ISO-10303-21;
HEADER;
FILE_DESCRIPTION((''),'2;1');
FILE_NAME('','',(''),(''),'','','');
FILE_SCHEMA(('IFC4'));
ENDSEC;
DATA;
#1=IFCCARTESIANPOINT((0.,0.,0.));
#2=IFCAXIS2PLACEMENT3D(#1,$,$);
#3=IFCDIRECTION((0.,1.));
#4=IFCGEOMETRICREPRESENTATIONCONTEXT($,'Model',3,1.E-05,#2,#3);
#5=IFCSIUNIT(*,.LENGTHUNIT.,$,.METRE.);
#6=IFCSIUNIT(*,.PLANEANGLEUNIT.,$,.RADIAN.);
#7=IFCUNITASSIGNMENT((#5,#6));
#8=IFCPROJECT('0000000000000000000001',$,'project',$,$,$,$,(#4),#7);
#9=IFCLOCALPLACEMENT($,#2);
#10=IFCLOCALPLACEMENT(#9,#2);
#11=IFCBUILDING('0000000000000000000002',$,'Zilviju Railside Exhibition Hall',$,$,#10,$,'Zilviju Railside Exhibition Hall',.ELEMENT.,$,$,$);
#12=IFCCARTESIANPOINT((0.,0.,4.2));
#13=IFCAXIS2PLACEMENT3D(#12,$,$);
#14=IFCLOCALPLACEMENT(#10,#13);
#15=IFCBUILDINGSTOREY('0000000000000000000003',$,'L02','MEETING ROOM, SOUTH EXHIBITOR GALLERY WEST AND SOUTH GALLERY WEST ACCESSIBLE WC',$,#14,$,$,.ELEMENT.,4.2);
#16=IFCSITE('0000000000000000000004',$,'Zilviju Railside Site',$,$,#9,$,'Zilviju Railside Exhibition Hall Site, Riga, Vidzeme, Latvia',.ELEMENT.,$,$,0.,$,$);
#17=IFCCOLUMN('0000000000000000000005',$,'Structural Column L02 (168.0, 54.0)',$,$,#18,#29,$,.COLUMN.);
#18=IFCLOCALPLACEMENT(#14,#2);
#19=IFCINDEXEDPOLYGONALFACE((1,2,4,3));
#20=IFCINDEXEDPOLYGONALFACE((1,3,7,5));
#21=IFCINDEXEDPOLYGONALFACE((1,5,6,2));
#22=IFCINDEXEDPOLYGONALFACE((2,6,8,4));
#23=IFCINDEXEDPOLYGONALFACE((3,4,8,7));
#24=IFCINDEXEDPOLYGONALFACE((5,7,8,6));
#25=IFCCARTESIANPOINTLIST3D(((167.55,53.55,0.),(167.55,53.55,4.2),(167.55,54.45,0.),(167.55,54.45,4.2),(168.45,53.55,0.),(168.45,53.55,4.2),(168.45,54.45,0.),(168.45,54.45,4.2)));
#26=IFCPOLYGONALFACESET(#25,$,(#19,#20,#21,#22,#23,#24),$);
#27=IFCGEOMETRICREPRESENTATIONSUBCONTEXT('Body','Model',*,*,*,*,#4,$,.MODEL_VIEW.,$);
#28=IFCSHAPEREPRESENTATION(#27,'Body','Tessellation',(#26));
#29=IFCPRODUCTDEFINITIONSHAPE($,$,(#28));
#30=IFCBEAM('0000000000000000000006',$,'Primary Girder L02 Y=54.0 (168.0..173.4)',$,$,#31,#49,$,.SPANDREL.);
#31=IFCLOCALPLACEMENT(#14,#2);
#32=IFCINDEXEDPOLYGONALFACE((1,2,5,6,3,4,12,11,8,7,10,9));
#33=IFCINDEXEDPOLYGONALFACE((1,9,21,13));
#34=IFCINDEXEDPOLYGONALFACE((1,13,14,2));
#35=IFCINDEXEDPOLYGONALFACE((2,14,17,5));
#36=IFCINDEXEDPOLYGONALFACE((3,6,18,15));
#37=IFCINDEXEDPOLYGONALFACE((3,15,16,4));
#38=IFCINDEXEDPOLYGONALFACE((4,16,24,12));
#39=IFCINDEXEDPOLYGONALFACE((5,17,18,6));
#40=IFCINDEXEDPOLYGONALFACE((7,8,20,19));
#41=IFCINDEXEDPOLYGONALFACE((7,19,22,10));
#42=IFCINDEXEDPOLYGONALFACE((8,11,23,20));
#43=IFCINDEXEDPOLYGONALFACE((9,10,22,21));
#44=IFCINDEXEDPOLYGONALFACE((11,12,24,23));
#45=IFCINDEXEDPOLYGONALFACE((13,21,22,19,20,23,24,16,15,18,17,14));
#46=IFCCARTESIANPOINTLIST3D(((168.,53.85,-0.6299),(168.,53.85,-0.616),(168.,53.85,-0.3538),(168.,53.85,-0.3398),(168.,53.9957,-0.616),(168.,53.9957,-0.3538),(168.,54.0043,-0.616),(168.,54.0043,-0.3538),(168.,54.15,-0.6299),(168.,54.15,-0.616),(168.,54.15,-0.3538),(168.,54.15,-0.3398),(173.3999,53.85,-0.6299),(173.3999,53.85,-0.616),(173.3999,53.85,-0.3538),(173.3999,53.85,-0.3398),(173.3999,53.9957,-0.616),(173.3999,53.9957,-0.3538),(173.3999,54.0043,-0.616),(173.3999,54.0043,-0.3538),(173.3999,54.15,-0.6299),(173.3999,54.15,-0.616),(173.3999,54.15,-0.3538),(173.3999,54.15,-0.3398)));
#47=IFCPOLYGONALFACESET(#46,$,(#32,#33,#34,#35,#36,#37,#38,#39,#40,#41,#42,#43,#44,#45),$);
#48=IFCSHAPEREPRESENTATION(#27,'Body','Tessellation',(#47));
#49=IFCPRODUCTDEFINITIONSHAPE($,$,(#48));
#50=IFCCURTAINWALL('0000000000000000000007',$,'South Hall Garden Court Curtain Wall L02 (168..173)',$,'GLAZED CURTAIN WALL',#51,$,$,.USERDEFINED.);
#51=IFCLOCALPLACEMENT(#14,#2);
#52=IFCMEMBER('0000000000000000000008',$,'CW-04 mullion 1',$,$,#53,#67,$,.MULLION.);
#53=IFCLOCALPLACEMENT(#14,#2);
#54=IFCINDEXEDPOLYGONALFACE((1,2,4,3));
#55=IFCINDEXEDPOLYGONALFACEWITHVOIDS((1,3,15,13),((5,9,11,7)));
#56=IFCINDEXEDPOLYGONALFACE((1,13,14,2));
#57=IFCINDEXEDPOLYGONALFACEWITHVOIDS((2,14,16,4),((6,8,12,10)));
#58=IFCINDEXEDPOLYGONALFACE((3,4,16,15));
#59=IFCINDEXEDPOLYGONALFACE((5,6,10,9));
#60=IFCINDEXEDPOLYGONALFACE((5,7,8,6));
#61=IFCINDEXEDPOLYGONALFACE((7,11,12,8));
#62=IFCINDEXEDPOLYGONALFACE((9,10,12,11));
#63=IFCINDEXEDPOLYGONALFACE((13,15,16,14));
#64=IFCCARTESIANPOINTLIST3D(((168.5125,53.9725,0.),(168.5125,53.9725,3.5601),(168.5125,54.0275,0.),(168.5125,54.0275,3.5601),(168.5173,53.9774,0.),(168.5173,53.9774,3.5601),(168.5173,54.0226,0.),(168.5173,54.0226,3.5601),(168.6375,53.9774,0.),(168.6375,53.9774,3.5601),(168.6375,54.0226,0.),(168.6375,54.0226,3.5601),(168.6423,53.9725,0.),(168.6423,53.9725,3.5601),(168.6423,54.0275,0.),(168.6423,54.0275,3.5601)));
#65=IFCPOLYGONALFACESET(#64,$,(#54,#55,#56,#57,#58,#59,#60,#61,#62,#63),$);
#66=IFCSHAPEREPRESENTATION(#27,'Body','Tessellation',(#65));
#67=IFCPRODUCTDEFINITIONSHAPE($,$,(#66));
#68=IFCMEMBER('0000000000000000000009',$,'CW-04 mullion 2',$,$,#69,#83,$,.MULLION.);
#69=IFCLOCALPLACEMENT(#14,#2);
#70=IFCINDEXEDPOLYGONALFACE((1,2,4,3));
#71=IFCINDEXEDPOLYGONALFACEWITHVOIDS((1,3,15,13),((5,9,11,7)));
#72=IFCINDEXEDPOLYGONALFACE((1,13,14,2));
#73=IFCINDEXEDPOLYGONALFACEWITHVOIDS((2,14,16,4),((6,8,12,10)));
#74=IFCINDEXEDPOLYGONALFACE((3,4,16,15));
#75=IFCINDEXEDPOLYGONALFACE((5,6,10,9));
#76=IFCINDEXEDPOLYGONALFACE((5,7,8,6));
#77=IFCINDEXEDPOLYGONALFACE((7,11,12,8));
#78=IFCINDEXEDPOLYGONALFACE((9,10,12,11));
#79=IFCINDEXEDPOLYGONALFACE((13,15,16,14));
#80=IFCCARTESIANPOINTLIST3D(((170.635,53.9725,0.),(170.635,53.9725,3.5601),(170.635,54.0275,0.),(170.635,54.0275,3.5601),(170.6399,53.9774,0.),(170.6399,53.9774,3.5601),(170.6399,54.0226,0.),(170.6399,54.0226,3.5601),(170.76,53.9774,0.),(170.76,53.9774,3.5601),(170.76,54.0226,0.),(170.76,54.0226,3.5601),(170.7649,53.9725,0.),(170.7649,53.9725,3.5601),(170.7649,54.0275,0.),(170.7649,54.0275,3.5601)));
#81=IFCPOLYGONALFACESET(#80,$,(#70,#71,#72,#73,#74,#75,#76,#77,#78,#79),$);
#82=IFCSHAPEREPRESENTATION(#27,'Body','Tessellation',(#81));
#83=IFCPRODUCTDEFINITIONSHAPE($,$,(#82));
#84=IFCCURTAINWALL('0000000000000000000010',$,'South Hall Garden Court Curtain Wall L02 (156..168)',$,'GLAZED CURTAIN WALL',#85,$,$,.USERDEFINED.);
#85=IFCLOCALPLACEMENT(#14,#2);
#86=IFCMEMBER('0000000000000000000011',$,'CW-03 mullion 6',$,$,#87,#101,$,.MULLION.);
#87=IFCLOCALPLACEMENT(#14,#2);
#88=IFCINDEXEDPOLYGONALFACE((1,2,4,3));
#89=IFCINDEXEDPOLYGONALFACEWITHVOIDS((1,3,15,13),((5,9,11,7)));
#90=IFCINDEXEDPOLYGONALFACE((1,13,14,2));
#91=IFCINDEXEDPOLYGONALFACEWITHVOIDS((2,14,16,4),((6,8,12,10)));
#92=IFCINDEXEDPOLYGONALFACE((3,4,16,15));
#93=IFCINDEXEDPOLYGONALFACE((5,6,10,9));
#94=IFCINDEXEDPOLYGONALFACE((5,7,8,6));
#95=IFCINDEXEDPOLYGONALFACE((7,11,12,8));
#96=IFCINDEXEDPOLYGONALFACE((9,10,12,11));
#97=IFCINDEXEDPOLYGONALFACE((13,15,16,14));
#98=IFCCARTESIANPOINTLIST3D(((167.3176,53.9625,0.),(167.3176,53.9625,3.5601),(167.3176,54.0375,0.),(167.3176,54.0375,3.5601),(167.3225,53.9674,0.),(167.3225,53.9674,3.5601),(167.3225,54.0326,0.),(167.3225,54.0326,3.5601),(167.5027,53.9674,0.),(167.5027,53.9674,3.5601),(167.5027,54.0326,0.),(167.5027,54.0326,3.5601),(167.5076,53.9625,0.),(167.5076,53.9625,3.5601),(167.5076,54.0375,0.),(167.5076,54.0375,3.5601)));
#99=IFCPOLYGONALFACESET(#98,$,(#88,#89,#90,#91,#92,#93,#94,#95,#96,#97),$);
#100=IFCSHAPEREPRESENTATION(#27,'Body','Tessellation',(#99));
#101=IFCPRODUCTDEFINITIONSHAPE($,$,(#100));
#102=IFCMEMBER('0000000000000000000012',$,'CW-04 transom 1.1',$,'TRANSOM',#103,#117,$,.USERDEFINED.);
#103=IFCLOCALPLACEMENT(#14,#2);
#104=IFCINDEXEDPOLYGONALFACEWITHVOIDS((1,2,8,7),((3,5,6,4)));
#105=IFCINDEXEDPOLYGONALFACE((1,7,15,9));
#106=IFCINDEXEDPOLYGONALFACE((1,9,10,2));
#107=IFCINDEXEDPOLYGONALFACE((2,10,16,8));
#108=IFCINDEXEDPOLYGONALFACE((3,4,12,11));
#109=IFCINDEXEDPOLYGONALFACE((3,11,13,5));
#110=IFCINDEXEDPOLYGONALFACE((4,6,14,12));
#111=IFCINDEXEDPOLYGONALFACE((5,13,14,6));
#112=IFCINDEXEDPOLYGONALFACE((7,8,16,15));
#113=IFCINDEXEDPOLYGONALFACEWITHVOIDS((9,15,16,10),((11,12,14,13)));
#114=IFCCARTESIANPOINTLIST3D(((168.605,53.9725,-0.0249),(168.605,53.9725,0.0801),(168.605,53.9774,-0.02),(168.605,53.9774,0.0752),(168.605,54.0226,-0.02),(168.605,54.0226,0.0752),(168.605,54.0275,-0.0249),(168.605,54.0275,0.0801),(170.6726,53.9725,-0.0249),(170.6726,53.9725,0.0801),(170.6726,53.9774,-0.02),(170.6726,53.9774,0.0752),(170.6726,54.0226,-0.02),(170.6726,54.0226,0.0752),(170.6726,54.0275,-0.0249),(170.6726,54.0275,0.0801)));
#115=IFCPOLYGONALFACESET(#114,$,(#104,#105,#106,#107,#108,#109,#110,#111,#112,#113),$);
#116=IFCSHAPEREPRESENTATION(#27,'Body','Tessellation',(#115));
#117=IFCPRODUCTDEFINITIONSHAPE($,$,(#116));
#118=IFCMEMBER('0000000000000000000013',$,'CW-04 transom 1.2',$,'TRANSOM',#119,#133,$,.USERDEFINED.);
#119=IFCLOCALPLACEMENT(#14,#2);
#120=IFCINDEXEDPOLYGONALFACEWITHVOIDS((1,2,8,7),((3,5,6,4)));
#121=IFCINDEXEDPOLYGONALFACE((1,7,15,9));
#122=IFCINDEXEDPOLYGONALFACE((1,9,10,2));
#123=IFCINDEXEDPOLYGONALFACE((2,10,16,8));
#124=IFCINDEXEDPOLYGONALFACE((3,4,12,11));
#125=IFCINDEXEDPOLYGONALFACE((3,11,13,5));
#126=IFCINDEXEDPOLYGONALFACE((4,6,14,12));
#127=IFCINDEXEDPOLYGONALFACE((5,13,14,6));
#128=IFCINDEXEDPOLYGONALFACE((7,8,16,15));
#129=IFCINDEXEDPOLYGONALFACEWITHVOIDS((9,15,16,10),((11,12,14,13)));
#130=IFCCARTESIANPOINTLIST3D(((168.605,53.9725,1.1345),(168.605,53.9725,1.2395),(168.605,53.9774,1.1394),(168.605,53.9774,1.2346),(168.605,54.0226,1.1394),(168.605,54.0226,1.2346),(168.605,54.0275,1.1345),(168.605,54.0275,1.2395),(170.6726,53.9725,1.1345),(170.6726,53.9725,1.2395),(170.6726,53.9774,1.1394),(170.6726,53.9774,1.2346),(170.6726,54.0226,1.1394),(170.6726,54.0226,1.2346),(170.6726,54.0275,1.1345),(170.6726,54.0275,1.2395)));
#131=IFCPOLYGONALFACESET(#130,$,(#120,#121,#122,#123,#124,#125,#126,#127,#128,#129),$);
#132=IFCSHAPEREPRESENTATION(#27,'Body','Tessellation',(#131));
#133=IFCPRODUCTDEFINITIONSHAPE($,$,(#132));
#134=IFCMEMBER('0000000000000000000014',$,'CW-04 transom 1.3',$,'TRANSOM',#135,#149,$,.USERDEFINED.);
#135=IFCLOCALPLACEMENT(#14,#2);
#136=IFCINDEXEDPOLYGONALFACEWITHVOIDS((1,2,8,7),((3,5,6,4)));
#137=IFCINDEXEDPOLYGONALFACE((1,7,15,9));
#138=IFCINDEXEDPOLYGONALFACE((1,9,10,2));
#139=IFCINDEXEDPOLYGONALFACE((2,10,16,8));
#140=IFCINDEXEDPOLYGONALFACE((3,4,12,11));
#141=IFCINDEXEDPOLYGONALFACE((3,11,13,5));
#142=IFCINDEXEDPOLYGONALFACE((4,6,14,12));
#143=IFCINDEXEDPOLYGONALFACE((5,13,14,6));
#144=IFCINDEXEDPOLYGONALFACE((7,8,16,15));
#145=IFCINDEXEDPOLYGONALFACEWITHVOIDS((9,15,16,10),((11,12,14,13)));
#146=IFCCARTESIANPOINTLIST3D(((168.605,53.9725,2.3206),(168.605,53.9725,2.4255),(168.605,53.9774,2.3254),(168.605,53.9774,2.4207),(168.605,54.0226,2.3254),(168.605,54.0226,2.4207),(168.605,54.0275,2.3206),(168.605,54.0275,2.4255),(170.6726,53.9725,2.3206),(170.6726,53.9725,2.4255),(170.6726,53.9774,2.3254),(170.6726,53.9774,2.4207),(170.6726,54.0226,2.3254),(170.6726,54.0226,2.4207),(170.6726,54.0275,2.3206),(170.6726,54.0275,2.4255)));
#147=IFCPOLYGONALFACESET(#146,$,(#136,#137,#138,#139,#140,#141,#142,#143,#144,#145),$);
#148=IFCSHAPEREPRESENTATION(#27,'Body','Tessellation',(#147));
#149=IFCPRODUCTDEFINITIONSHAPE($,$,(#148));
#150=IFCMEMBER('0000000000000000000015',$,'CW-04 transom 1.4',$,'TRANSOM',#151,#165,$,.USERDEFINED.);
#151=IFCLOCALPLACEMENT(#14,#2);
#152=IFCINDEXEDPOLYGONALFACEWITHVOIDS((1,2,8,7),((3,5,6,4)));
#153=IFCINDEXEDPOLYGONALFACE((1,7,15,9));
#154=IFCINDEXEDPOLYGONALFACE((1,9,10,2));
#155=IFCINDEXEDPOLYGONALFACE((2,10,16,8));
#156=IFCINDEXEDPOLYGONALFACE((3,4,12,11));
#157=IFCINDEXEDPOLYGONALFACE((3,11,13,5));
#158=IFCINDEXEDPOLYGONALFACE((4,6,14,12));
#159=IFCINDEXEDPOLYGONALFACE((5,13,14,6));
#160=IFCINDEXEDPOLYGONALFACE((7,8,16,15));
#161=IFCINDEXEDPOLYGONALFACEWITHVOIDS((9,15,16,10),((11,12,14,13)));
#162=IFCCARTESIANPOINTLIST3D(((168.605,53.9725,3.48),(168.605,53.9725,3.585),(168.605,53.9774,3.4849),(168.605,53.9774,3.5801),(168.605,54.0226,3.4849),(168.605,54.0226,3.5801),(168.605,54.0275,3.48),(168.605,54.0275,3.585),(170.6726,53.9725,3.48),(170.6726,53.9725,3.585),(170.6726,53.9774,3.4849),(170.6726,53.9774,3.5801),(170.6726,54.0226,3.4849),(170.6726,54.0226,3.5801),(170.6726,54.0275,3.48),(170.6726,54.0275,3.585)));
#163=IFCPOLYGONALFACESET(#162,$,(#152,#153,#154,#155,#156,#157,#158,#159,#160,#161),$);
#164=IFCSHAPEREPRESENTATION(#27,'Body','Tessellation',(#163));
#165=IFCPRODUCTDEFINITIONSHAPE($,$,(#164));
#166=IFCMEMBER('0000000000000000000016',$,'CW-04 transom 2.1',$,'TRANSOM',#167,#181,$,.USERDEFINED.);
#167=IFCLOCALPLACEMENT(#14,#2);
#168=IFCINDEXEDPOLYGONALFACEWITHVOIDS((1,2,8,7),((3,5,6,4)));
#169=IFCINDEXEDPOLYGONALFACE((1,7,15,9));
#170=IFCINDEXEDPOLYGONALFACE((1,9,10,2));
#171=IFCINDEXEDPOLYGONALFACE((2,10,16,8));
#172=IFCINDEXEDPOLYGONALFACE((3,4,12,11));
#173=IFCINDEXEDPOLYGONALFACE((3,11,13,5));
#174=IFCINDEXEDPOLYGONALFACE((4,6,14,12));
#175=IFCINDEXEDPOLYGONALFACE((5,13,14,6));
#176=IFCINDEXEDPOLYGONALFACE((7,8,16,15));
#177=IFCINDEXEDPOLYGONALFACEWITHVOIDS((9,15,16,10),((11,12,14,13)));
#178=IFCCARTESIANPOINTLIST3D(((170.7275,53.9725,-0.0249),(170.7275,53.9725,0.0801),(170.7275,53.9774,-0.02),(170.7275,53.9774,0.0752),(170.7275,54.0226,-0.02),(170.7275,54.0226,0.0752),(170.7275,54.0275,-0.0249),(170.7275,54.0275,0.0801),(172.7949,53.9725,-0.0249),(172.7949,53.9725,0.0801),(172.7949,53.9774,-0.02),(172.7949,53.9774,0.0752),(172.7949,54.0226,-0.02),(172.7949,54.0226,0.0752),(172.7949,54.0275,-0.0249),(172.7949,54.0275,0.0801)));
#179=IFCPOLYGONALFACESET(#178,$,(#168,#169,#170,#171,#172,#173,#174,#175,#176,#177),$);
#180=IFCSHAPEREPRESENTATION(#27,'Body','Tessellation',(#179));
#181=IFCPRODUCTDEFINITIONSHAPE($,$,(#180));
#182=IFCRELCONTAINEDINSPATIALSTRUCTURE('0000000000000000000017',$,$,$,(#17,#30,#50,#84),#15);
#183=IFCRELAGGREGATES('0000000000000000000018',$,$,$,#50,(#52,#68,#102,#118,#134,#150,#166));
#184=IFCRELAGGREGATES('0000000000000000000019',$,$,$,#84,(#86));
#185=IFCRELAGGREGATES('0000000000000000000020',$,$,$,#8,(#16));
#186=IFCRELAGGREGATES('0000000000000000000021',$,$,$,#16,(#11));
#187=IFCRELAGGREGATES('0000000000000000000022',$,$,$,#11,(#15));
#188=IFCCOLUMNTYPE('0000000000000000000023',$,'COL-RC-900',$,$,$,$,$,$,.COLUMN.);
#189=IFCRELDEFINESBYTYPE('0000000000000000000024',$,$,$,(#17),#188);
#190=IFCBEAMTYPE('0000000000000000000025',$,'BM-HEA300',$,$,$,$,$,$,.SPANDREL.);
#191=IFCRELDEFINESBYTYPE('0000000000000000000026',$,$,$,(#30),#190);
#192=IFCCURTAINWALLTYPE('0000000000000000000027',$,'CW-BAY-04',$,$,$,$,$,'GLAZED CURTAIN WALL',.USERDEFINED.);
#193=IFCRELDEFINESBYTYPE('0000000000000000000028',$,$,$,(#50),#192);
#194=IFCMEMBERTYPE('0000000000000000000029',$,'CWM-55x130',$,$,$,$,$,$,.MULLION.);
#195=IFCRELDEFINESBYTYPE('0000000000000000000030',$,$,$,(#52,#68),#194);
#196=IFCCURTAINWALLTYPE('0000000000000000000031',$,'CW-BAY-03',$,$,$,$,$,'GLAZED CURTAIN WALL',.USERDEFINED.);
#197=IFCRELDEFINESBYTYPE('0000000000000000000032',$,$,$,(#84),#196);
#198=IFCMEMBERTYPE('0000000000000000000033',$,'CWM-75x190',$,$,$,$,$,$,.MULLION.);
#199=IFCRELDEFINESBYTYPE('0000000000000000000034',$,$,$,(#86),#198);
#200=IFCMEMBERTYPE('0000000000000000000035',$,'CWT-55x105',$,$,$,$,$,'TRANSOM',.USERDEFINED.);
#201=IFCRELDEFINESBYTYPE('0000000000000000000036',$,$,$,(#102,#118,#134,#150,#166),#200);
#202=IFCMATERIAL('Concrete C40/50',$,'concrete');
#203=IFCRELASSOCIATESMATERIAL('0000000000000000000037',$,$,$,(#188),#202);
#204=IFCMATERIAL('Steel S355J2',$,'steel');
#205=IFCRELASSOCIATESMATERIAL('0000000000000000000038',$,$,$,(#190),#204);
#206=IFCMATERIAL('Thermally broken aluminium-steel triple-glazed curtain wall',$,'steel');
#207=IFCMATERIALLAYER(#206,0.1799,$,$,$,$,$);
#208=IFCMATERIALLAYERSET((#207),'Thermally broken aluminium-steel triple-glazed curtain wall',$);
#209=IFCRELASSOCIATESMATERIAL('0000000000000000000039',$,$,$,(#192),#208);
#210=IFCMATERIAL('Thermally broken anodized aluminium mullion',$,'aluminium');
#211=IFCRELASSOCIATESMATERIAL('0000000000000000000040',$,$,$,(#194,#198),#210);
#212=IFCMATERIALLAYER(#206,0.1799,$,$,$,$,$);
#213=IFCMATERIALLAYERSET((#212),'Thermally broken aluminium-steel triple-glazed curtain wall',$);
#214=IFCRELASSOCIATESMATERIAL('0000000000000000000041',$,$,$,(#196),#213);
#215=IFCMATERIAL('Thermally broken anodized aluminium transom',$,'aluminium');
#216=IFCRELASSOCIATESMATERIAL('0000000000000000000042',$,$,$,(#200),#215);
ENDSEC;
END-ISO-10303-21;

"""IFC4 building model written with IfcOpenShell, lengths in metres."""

from ifc_helpers import new_model, si_unit, direction, frame, origin, origin_2d, place, context, subcontext, project, spatial, rectangle, hollow_rectangle, i_section, extrude, material, layer, layer_set, material_profile, profile_set, type_object, element, aggregate, save


model = new_model("IFC4")

# Units and contexts
model_context = context("Model", 3, precision=1e-05, world=origin(), true_north=direction((0.0, 1.0)))
body_context = subcontext(model_context, "Body", "Model", "MODEL_VIEW")
ifc_project = project(units=[si_unit("LENGTHUNIT", "METRE"), si_unit("PLANEANGLEUNIT", "RADIAN")], contexts=[model_context])

# Site, building, storey
site_placement = place(None, origin())
site = spatial("IfcSite", under=ifc_project, at=site_placement, Name="Zilviju Railside Site", LongName="Zilviju Railside Exhibition Hall Site, Riga, Vidzeme, Latvia", CompositionType="ELEMENT", RefElevation=0.0)
building_placement = place(site_placement, origin())
building = spatial("IfcBuilding", under=site, at=building_placement, Name="Zilviju Railside Exhibition Hall", LongName="Zilviju Railside Exhibition Hall", CompositionType="ELEMENT")
storey_placement = place(building_placement, frame((0.0, 0.0, 4.2)))
storey = spatial("IfcBuildingStorey", under=building, at=storey_placement, Name="L02", Description="MEETING ROOM, SOUTH EXHIBITOR GALLERY WEST AND SOUTH GALLERY WEST ACCESSIBLE WC", CompositionType="ELEMENT", Elevation=4.2)

# Column
ifc_material_1 = material(Name="Concrete C40/50", Category="concrete")
ifc_material_profile_1 = material_profile(ifc_material_1, rectangle(XDim=0.8999, YDim=0.8999, at=origin_2d()), Name="RC COL 900x900")
ifc_profile_set_1 = profile_set([ifc_material_profile_1], Name="Concrete C40/50")
column_type = type_object("IfcColumnType", Name="COL-RC-900", PredefinedType="COLUMN", material=ifc_profile_set_1)
column_placement = place(storey_placement, frame((168.0, 54.0, 0.0), z_axis=(0.0, 0.0, 1.0), x_axis=(1.0, 0.0, 0.0)))
element("IfcColumn", 1, at=column_placement, inside=storey, type_object=column_type, Name="Structural Column L02 (168.0, 54.0)", PredefinedType="COLUMN", context=body_context, shape_type="SweptSolid", body=[
    extrude(rectangle(XDim=0.8999, YDim=0.8999, at=origin_2d()), origin(), (0.0, 0.0, 1.0), 4.2),
])

# Beam
ifc_material_2 = material(Name="Steel S355J2", Category="steel")
ifc_material_profile_2 = material_profile(ifc_material_2, i_section(OverallWidth=0.3, OverallDepth=0.29, WebThickness=0.0085, FlangeThickness=0.0139, at=origin_2d()), Name="HEA 300")
ifc_profile_set_2 = profile_set([ifc_material_profile_2], Name="Steel S355J2")
beam_type = type_object("IfcBeamType", Name="BM-HEA300", PredefinedType="SPANDREL", material=ifc_profile_set_2)
beam_placement = place(storey_placement, frame((168.0, 54.0, -0.4849), z_axis=(1.0, 0.0, 0.0), x_axis=(0.0, 1.0, 0.0)))
element("IfcBeam", 2, at=beam_placement, inside=storey, type_object=beam_type, Name="Primary Girder L02 Y=54.0 (168.0..173.4)", PredefinedType="SPANDREL", context=body_context, shape_type="SweptSolid", body=[
    extrude(i_section(OverallWidth=0.3, OverallDepth=0.29, WebThickness=0.0085, FlangeThickness=0.0139, at=origin_2d()), origin(), (0.0, 0.0, 1.0), 5.3999),
])

# Curtain wall, members
ifc_material_3 = material(Name="Thermally broken aluminium-steel triple-glazed curtain wall", Category="steel")
ifc_layer_1 = layer(ifc_material_3, 0.1799)
ifc_layer_set_1 = layer_set([ifc_layer_1], Name="Thermally broken aluminium-steel triple-glazed curtain wall")
curtain_wall_type_1 = type_object("IfcCurtainWallType", Name="CW-BAY-04", ElementType="GLAZED CURTAIN WALL", PredefinedType="USERDEFINED", material=ifc_layer_set_1)
curtain_wall_1_placement = place(storey_placement, origin())
curtain_wall_1 = element("IfcCurtainWall", 3, at=curtain_wall_1_placement, inside=storey, type_object=curtain_wall_type_1, Name="South Hall Garden Court Curtain Wall L02 (168..173)", ObjectType="GLAZED CURTAIN WALL", PredefinedType="USERDEFINED")
ifc_material_4 = material(Name="Thermally broken anodized aluminium mullion", Category="aluminium")
ifc_material_profile_3 = material_profile(ifc_material_4, hollow_rectangle(XDim=0.0549, YDim=0.1299, WallThickness=0.0049, at=origin_2d()), Name="MULLION 130x55x5")
ifc_profile_set_3 = profile_set([ifc_material_profile_3], Name="Thermally broken anodized aluminium mullion")
member_type_1 = type_object("IfcMemberType", Name="CWM-55x130", PredefinedType="MULLION", material=ifc_profile_set_3)
member_1_placement = place(storey_placement, frame((168.5774, 54.0, 0.0), z_axis=(0.0, 0.0, 1.0), x_axis=(0.0, 1.0, 0.0)))
member_1 = element("IfcMember", 4, at=member_1_placement, type_object=member_type_1, Name="CW-04 mullion 1", PredefinedType="MULLION", context=body_context, shape_type="SweptSolid", body=[
    extrude(hollow_rectangle(XDim=0.0549, YDim=0.1299, WallThickness=0.0049, at=origin_2d()), origin(), (0.0, 0.0, 1.0), 3.5601),
])
member_2_placement = place(storey_placement, frame((170.7, 54.0, 0.0), z_axis=(0.0, 0.0, 1.0), x_axis=(0.0, 1.0, 0.0)))
member_2 = element("IfcMember", 5, at=member_2_placement, type_object=member_type_1, Name="CW-04 mullion 2", PredefinedType="MULLION", context=body_context, shape_type="SweptSolid", body=[
    extrude(hollow_rectangle(XDim=0.0549, YDim=0.1299, WallThickness=0.0049, at=origin_2d()), origin(), (0.0, 0.0, 1.0), 3.5601),
])

# Curtain wall, member
ifc_layer_2 = layer(ifc_material_3, 0.1799)
ifc_layer_set_2 = layer_set([ifc_layer_2], Name="Thermally broken aluminium-steel triple-glazed curtain wall")
curtain_wall_type_2 = type_object("IfcCurtainWallType", Name="CW-BAY-03", ElementType="GLAZED CURTAIN WALL", PredefinedType="USERDEFINED", material=ifc_layer_set_2)
curtain_wall_2_placement = place(storey_placement, origin())
curtain_wall_2 = element("IfcCurtainWall", 6, at=curtain_wall_2_placement, inside=storey, type_object=curtain_wall_type_2, Name="South Hall Garden Court Curtain Wall L02 (156..168)", ObjectType="GLAZED CURTAIN WALL", PredefinedType="USERDEFINED")
ifc_material_profile_4 = material_profile(ifc_material_4, hollow_rectangle(XDim=0.075, YDim=0.1899, WallThickness=0.0049, at=origin_2d()), Name="MULLION 190x75x5")
ifc_profile_set_4 = profile_set([ifc_material_profile_4], Name="Thermally broken anodized aluminium mullion")
member_type_2 = type_object("IfcMemberType", Name="CWM-75x190", PredefinedType="MULLION", material=ifc_profile_set_4)
member_3_placement = place(storey_placement, frame((167.4126, 54.0, 0.0), z_axis=(0.0, 0.0, 1.0), x_axis=(0.0, 1.0, 0.0)))
member_3 = element("IfcMember", 7, at=member_3_placement, type_object=member_type_2, Name="CW-03 mullion 6", PredefinedType="MULLION", context=body_context, shape_type="SweptSolid", body=[
    extrude(hollow_rectangle(XDim=0.075, YDim=0.1899, WallThickness=0.0049, at=origin_2d()), origin(), (0.0, 0.0, 1.0), 3.5601),
])

# Members
ifc_material_5 = material(Name="Thermally broken anodized aluminium transom", Category="aluminium")
ifc_material_profile_5 = material_profile(ifc_material_5, hollow_rectangle(XDim=0.0549, YDim=0.105, WallThickness=0.0049, at=origin_2d()), Name="TRANSOM 105x55x5")
ifc_profile_set_5 = profile_set([ifc_material_profile_5], Name="Thermally broken anodized aluminium transom")
member_type_3 = type_object("IfcMemberType", Name="CWT-55x105", ElementType="TRANSOM", PredefinedType="USERDEFINED", material=ifc_profile_set_5)
member_4_placement = place(storey_placement, frame((168.605, 54.0, 0.0276), z_axis=(1.0, 0.0, 0.0), x_axis=(0.0, 1.0, 0.0)))
member_4 = element("IfcMember", 8, at=member_4_placement, type_object=member_type_3, Name="CW-04 transom 1.1", ObjectType="TRANSOM", PredefinedType="USERDEFINED", context=body_context, shape_type="SweptSolid", body=[
    extrude(hollow_rectangle(XDim=0.0549, YDim=0.105, WallThickness=0.0049, at=origin_2d()), origin(), (0.0, 0.0, 1.0), 2.0676),
])
member_5_placement = place(storey_placement, frame((168.605, 54.0, 1.187), z_axis=(1.0, 0.0, 0.0), x_axis=(0.0, 1.0, 0.0)))
member_5 = element("IfcMember", 9, at=member_5_placement, type_object=member_type_3, Name="CW-04 transom 1.2", ObjectType="TRANSOM", PredefinedType="USERDEFINED", context=body_context, shape_type="SweptSolid", body=[
    extrude(hollow_rectangle(XDim=0.0549, YDim=0.105, WallThickness=0.0049, at=origin_2d()), origin(), (0.0, 0.0, 1.0), 2.0676),
])
member_6_placement = place(storey_placement, frame((168.605, 54.0, 2.373), z_axis=(1.0, 0.0, 0.0), x_axis=(0.0, 1.0, 0.0)))
member_6 = element("IfcMember", 10, at=member_6_placement, type_object=member_type_3, Name="CW-04 transom 1.3", ObjectType="TRANSOM", PredefinedType="USERDEFINED", context=body_context, shape_type="SweptSolid", body=[
    extrude(hollow_rectangle(XDim=0.0549, YDim=0.105, WallThickness=0.0049, at=origin_2d()), origin(), (0.0, 0.0, 1.0), 2.0676),
])
member_7_placement = place(storey_placement, frame((168.605, 54.0, 3.5325), z_axis=(1.0, 0.0, 0.0), x_axis=(0.0, 1.0, 0.0)))
member_7 = element("IfcMember", 11, at=member_7_placement, type_object=member_type_3, Name="CW-04 transom 1.4", ObjectType="TRANSOM", PredefinedType="USERDEFINED", context=body_context, shape_type="SweptSolid", body=[
    extrude(hollow_rectangle(XDim=0.0549, YDim=0.105, WallThickness=0.0049, at=origin_2d()), origin(), (0.0, 0.0, 1.0), 2.0676),
])
member_8_placement = place(storey_placement, frame((170.7275, 54.0, 0.0276), z_axis=(1.0, 0.0, 0.0), x_axis=(0.0, 1.0, 0.0)))
member_8 = element("IfcMember", 12, at=member_8_placement, type_object=member_type_3, Name="CW-04 transom 2.1", ObjectType="TRANSOM", PredefinedType="USERDEFINED", context=body_context, shape_type="SweptSolid", body=[
    extrude(hollow_rectangle(XDim=0.0549, YDim=0.105, WallThickness=0.0049, at=origin_2d()), origin(), (0.0, 0.0, 1.0), 2.0674),
])

aggregate(curtain_wall_1, [member_1, member_2, member_4, member_5, member_6, member_7, member_8])
aggregate(curtain_wall_2, [member_3])

save(model, "model.ifc")
